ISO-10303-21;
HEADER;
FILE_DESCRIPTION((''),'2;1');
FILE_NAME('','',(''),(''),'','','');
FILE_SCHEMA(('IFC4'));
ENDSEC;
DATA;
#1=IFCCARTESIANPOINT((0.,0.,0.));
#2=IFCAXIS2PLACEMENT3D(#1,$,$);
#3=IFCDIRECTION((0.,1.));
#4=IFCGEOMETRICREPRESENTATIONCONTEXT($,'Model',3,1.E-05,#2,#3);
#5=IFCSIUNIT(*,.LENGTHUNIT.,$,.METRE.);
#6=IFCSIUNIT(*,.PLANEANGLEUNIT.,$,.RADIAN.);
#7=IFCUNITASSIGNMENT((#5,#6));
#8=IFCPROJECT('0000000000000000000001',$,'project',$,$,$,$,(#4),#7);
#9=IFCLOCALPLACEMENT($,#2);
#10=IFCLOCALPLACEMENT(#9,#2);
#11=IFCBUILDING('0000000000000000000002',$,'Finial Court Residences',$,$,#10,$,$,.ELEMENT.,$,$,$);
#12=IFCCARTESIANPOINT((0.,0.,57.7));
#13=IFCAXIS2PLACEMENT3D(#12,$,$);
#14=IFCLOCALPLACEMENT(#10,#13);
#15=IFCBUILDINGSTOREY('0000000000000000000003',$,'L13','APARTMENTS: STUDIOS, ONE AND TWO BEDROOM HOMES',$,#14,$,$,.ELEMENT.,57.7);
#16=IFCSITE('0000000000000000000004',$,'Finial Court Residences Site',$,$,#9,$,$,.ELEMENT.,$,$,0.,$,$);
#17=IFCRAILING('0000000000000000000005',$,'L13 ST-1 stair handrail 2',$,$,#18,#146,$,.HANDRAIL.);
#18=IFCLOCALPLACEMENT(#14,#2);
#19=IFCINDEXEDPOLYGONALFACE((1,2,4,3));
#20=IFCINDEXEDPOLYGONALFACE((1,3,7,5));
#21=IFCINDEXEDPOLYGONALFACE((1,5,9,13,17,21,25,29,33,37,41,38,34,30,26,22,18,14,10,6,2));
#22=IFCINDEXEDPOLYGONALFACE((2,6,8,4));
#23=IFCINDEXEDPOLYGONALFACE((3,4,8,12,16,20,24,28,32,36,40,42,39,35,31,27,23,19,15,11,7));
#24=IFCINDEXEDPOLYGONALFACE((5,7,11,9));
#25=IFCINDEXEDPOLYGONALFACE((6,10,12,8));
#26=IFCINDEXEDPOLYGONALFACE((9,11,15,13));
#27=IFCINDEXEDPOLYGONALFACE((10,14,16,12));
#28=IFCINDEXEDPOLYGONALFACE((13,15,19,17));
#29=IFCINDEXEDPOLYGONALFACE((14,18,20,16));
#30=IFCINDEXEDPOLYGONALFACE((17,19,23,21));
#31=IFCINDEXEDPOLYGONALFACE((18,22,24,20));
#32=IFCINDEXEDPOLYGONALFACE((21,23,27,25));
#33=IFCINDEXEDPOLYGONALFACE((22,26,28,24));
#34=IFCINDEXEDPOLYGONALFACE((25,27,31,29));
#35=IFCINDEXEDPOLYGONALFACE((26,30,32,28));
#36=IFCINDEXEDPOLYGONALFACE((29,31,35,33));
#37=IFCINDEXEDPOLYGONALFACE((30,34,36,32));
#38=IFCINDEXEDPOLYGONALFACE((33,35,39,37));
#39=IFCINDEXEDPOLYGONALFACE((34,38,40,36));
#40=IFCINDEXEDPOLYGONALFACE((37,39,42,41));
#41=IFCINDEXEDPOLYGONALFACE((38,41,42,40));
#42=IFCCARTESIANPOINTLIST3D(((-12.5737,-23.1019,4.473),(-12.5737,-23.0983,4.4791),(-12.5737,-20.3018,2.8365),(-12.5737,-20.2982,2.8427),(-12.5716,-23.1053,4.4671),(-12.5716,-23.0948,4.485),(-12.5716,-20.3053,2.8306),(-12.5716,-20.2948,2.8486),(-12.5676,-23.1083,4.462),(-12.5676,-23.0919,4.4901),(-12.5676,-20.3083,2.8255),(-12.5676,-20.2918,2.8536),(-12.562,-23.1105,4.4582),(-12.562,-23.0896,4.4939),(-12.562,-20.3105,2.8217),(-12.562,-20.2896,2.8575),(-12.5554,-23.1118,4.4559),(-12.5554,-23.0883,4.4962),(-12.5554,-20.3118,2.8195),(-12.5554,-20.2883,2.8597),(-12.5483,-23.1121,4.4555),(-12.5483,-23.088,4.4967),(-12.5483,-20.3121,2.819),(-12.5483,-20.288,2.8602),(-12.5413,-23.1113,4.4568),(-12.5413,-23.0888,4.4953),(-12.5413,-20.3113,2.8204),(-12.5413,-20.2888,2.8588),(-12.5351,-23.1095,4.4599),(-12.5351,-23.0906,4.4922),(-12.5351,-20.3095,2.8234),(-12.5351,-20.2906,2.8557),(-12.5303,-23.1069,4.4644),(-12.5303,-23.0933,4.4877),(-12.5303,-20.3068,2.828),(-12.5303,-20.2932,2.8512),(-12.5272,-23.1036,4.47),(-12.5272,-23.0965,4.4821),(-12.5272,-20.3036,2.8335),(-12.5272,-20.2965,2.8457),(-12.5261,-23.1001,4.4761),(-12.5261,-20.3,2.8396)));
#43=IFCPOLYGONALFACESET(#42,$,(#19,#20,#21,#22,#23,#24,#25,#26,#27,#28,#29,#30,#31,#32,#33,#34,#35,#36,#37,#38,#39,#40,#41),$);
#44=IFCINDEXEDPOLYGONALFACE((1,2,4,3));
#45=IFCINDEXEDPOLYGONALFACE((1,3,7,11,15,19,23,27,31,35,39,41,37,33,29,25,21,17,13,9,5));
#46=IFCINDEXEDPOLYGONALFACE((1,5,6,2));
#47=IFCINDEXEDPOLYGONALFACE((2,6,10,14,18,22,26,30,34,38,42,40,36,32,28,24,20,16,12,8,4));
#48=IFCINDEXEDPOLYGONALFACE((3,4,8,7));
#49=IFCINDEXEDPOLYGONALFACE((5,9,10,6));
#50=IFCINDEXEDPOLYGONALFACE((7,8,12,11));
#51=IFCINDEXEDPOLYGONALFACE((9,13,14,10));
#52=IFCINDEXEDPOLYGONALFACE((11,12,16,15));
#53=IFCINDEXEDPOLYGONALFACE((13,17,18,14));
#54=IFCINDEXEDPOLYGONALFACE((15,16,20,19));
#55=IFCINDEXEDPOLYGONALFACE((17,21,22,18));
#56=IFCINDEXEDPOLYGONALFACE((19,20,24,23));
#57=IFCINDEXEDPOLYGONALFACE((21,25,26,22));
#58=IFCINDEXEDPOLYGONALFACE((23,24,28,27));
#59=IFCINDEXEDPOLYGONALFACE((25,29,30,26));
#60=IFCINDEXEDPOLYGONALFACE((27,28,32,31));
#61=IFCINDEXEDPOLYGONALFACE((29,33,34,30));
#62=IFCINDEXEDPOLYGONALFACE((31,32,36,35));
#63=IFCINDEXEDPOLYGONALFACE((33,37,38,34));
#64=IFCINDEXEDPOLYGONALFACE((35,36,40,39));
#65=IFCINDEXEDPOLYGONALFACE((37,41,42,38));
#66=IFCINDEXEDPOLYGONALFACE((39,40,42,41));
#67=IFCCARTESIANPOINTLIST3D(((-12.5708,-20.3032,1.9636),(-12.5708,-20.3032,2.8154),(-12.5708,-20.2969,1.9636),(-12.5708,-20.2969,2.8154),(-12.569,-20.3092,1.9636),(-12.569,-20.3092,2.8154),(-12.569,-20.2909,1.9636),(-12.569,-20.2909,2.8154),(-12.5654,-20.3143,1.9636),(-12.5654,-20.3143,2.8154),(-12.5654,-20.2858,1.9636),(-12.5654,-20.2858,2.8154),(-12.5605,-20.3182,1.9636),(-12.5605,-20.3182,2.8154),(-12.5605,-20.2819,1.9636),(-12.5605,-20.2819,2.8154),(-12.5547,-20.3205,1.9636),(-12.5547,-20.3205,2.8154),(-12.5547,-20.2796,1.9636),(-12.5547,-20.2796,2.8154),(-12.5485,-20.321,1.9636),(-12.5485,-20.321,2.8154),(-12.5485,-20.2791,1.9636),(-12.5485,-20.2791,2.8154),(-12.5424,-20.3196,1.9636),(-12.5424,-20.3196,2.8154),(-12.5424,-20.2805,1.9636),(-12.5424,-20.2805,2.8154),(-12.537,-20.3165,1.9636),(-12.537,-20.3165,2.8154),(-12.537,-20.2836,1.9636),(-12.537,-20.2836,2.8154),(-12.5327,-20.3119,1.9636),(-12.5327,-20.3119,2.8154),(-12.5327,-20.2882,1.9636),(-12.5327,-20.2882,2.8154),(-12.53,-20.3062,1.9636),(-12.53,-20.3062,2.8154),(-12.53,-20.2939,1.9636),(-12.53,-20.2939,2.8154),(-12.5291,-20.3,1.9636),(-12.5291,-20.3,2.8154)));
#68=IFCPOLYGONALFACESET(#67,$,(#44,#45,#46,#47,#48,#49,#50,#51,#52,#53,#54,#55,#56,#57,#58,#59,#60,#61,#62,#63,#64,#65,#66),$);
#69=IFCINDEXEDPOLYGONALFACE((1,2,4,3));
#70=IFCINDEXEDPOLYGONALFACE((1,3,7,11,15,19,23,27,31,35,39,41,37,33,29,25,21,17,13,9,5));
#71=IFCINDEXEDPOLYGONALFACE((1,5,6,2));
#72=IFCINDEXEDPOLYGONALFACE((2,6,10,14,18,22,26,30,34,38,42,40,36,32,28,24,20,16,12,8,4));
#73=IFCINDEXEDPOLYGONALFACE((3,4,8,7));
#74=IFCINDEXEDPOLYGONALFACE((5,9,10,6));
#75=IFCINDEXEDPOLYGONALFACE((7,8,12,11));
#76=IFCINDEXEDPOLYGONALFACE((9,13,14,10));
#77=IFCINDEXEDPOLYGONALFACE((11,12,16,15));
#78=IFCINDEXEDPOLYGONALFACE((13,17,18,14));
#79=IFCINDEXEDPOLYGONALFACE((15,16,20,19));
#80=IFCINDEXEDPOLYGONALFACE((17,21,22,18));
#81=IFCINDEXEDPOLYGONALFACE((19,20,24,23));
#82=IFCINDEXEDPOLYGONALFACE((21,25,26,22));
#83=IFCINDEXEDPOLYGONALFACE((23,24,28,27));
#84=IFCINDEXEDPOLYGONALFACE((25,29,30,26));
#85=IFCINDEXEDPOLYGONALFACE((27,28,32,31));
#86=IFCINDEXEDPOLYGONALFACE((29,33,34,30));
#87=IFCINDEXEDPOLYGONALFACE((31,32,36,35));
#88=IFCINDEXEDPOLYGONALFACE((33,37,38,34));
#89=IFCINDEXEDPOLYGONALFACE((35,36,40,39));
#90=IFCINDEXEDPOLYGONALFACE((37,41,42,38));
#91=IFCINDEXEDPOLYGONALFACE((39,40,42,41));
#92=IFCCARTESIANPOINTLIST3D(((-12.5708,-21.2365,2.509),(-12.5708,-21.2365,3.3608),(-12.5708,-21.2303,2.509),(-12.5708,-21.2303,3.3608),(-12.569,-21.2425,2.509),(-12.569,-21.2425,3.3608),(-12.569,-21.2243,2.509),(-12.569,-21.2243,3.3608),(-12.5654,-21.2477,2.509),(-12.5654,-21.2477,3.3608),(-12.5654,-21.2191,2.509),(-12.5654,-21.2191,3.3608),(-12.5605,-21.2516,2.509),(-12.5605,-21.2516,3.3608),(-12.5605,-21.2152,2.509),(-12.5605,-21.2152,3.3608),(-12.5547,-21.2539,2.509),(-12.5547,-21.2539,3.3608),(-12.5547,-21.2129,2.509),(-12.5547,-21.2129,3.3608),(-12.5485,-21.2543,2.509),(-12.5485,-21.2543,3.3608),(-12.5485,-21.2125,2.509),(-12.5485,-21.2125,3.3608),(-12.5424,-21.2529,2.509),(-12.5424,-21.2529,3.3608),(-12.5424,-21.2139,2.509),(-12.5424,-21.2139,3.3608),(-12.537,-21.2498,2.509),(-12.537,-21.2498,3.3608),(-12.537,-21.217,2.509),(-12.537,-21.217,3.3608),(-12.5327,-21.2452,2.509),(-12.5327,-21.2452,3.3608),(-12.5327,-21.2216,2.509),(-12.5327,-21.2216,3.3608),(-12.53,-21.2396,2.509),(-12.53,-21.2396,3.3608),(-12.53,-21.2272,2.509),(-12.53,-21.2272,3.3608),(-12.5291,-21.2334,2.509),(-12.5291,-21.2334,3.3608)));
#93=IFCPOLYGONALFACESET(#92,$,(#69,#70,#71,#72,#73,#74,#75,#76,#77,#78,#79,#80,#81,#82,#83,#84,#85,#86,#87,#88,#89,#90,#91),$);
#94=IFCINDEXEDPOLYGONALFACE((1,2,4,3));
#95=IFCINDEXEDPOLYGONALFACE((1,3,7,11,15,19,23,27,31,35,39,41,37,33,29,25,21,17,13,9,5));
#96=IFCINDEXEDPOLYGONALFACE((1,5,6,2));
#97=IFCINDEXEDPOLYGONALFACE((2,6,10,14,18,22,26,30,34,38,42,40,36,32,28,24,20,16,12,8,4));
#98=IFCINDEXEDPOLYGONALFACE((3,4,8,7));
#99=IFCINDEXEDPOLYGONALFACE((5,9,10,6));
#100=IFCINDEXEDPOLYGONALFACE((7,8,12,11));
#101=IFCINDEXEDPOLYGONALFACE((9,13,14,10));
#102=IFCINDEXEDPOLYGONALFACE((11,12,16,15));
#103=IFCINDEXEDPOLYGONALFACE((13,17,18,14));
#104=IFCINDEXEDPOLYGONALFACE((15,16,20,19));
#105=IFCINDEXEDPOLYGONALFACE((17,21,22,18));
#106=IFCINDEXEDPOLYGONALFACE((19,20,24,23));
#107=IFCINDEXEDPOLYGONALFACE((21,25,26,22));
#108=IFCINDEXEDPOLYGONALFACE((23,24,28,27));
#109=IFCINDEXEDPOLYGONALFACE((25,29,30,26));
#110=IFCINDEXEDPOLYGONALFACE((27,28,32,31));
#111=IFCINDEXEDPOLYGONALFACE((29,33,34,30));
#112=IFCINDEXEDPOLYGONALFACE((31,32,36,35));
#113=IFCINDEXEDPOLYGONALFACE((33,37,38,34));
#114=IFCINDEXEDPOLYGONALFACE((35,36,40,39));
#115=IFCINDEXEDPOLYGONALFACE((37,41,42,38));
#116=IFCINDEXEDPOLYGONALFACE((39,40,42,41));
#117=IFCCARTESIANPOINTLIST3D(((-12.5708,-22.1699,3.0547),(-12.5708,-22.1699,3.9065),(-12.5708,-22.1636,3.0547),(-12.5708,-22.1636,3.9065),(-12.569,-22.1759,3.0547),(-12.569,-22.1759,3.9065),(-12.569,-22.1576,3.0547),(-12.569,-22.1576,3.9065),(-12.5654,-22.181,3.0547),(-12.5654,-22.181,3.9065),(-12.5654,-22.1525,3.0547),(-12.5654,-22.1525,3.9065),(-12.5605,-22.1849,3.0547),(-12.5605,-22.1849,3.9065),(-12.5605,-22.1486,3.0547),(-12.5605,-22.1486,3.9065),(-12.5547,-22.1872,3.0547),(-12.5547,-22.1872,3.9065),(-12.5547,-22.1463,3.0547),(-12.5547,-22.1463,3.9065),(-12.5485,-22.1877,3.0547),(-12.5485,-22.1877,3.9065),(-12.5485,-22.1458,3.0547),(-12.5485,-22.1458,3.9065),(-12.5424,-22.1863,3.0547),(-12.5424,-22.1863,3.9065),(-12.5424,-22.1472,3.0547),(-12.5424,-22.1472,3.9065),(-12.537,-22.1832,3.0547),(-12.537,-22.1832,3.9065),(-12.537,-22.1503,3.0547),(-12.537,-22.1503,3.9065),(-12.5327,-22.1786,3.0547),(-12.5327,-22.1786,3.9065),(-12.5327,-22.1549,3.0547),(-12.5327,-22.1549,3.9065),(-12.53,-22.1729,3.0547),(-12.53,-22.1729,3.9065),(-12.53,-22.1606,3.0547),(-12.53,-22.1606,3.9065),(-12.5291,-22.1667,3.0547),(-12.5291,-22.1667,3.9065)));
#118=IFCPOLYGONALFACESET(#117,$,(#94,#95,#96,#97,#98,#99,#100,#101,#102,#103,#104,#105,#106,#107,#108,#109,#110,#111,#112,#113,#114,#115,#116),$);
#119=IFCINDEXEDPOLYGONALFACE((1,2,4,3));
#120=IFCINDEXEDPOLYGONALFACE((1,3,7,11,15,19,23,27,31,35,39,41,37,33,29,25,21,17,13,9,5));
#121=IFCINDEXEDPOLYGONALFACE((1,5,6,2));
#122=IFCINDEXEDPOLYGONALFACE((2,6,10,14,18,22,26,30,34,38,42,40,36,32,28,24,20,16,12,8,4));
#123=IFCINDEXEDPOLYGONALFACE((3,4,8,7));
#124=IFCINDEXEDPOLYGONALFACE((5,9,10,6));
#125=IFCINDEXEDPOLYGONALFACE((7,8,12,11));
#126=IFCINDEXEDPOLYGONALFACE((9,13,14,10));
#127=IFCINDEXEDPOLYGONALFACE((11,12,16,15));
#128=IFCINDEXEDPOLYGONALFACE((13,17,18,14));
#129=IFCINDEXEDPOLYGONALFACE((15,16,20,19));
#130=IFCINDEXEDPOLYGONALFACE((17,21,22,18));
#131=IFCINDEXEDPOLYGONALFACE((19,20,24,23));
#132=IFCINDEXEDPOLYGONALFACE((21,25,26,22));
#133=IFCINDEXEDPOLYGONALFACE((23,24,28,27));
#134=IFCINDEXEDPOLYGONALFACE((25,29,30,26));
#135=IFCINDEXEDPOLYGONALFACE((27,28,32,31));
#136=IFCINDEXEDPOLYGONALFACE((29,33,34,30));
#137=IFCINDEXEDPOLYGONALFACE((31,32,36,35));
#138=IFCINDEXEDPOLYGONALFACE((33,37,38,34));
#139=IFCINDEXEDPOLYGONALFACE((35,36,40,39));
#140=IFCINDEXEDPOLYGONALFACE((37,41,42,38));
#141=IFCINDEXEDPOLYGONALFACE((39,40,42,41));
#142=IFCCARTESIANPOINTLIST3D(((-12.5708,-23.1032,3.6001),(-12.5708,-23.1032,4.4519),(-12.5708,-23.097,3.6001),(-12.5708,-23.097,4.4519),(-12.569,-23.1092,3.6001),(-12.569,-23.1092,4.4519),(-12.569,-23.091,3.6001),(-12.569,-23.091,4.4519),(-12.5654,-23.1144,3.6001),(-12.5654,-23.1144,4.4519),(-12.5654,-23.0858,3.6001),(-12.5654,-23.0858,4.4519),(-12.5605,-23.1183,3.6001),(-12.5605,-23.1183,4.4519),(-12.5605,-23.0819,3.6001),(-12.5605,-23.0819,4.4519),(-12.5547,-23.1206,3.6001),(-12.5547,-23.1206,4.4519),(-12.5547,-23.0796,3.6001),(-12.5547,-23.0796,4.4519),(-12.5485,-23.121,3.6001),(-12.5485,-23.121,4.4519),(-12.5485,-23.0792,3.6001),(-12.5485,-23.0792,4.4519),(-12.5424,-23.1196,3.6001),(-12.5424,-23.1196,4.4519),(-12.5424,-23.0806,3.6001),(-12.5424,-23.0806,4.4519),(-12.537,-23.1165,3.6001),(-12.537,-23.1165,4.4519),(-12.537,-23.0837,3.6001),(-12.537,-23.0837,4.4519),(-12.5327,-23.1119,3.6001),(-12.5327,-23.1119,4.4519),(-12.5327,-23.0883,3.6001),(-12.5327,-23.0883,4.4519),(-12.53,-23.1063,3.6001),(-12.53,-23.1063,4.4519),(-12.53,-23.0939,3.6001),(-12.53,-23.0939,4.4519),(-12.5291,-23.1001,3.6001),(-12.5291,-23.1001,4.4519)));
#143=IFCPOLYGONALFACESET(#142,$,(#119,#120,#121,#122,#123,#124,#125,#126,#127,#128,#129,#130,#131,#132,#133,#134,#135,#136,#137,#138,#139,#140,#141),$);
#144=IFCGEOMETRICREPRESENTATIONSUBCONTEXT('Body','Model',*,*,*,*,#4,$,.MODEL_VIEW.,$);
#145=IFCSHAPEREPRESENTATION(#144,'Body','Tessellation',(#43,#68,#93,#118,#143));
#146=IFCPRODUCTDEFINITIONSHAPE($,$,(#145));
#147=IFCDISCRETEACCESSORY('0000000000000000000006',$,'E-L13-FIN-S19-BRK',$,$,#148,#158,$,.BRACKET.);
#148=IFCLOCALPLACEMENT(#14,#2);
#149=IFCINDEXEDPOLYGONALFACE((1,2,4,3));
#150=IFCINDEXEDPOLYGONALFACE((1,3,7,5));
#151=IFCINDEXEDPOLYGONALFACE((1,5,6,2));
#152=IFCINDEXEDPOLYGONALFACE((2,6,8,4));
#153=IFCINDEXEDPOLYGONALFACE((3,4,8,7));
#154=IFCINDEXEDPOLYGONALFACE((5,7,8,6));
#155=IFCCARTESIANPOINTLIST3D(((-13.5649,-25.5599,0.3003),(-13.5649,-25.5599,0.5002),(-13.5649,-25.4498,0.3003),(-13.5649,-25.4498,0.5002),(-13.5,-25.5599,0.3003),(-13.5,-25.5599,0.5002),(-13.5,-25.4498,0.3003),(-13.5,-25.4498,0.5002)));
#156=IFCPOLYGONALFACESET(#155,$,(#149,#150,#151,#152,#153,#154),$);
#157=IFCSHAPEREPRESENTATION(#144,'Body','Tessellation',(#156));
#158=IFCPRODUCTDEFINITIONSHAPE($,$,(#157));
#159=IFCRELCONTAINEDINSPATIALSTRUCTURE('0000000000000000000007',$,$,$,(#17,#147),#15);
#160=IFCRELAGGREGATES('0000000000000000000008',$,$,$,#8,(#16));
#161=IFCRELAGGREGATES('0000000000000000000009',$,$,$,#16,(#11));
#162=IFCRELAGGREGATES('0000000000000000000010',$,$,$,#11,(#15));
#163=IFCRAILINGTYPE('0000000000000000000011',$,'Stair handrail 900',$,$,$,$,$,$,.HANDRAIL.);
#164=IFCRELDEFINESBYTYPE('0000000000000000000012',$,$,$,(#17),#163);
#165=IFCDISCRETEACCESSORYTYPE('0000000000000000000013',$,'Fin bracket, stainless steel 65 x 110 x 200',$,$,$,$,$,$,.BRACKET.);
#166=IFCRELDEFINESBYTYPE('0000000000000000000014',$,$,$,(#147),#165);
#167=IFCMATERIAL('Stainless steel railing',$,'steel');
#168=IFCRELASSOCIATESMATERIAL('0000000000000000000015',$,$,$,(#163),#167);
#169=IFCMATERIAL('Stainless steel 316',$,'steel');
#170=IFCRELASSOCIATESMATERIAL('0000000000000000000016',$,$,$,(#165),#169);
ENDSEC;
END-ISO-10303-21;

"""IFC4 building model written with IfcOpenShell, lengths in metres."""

from ifc_helpers import new_model, si_unit, direction, frame, origin, origin_2d, place, context, subcontext, project, spatial, rectangle, circle, extrude, material, type_object, element, save


model = new_model("IFC4")

# Units and contexts
model_context = context("Model", 3, precision=1e-05, world=origin(), true_north=direction((0.0, 1.0)))
body_context = subcontext(model_context, "Body", "Model", "MODEL_VIEW")
ifc_project = project(units=[si_unit("LENGTHUNIT", "METRE"), si_unit("PLANEANGLEUNIT", "RADIAN")], contexts=[model_context])

# Site, building, storey
site_placement = place(None, origin())
site = spatial("IfcSite", under=ifc_project, at=site_placement, Name="Finial Court Residences Site", CompositionType="ELEMENT", RefElevation=0.0)
building_placement = place(site_placement, origin())
building = spatial("IfcBuilding", under=site, at=building_placement, Name="Finial Court Residences", CompositionType="ELEMENT")
storey_placement = place(building_placement, frame((0.0, 0.0, 57.7)))
storey = spatial("IfcBuildingStorey", under=building, at=storey_placement, Name="L13", Description="APARTMENTS: STUDIOS, ONE AND TWO BEDROOM HOMES", CompositionType="ELEMENT", Elevation=57.7)

# Railing
ifc_material_1 = material(Name="Stainless steel railing", Category="steel")
railing_type_1 = type_object("IfcRailingType", Name="Stair handrail 900", PredefinedType="HANDRAIL", material=ifc_material_1)
railing_1_placement = place(storey_placement, frame((-12.55, -20.3, 1.9636)))
element("IfcRailing", 1, at=railing_1_placement, inside=storey, type_object=railing_type_1, Name="L13 ST-1 stair handrail 2", PredefinedType="HANDRAIL", context=body_context, shape_type="SweptSolid", body=[
    extrude(circle(Radius=0.0239, at=origin_2d()), frame((0.0, 0.0, 0.876), z_axis=(0.0, -0.863361, 0.504587), x_axis=(1.0, 0.0, 0.0)), (0.0, 0.0, 1.0), 3.2432),
    extrude(circle(Radius=0.021, at=origin_2d()), origin(), (0.0, 0.0, 1.0), 0.8518),
    extrude(circle(Radius=0.021, at=origin_2d()), frame((0.0, -0.9333, 0.5454)), (0.0, 0.0, 1.0), 0.8518),
    extrude(circle(Radius=0.021, at=origin_2d()), frame((0.0, -1.8667, 1.0911)), (0.0, 0.0, 1.0), 0.8518),
    extrude(circle(Radius=0.021, at=origin_2d()), frame((0.0, -2.8, 1.6365)), (0.0, 0.0, 1.0), 0.8518),
])

# Discrete accessory
ifc_material_2 = material(Name="Stainless steel 316", Category="steel")
discrete_accessory_type = type_object("IfcDiscreteAccessoryType", Name="Fin bracket, stainless steel 65 x 110 x 200", PredefinedType="BRACKET", material=ifc_material_2)
discrete_accessory_placement = place(storey_placement, frame((-13.5325, -25.5049, 0.3003), z_axis=(0.0, 0.0, 1.0), x_axis=(1.0, 0.0, 0.0)))
element("IfcDiscreteAccessory", 2, at=discrete_accessory_placement, inside=storey, type_object=discrete_accessory_type, Name="E-L13-FIN-S19-BRK", PredefinedType="BRACKET", context=body_context, shape_type="SweptSolid", body=[
    extrude(rectangle(XDim=0.0649, YDim=0.1101, at=origin_2d()), origin(), (0.0, 0.0, 1.0), 0.2),
])

save(model, "model.ifc")
